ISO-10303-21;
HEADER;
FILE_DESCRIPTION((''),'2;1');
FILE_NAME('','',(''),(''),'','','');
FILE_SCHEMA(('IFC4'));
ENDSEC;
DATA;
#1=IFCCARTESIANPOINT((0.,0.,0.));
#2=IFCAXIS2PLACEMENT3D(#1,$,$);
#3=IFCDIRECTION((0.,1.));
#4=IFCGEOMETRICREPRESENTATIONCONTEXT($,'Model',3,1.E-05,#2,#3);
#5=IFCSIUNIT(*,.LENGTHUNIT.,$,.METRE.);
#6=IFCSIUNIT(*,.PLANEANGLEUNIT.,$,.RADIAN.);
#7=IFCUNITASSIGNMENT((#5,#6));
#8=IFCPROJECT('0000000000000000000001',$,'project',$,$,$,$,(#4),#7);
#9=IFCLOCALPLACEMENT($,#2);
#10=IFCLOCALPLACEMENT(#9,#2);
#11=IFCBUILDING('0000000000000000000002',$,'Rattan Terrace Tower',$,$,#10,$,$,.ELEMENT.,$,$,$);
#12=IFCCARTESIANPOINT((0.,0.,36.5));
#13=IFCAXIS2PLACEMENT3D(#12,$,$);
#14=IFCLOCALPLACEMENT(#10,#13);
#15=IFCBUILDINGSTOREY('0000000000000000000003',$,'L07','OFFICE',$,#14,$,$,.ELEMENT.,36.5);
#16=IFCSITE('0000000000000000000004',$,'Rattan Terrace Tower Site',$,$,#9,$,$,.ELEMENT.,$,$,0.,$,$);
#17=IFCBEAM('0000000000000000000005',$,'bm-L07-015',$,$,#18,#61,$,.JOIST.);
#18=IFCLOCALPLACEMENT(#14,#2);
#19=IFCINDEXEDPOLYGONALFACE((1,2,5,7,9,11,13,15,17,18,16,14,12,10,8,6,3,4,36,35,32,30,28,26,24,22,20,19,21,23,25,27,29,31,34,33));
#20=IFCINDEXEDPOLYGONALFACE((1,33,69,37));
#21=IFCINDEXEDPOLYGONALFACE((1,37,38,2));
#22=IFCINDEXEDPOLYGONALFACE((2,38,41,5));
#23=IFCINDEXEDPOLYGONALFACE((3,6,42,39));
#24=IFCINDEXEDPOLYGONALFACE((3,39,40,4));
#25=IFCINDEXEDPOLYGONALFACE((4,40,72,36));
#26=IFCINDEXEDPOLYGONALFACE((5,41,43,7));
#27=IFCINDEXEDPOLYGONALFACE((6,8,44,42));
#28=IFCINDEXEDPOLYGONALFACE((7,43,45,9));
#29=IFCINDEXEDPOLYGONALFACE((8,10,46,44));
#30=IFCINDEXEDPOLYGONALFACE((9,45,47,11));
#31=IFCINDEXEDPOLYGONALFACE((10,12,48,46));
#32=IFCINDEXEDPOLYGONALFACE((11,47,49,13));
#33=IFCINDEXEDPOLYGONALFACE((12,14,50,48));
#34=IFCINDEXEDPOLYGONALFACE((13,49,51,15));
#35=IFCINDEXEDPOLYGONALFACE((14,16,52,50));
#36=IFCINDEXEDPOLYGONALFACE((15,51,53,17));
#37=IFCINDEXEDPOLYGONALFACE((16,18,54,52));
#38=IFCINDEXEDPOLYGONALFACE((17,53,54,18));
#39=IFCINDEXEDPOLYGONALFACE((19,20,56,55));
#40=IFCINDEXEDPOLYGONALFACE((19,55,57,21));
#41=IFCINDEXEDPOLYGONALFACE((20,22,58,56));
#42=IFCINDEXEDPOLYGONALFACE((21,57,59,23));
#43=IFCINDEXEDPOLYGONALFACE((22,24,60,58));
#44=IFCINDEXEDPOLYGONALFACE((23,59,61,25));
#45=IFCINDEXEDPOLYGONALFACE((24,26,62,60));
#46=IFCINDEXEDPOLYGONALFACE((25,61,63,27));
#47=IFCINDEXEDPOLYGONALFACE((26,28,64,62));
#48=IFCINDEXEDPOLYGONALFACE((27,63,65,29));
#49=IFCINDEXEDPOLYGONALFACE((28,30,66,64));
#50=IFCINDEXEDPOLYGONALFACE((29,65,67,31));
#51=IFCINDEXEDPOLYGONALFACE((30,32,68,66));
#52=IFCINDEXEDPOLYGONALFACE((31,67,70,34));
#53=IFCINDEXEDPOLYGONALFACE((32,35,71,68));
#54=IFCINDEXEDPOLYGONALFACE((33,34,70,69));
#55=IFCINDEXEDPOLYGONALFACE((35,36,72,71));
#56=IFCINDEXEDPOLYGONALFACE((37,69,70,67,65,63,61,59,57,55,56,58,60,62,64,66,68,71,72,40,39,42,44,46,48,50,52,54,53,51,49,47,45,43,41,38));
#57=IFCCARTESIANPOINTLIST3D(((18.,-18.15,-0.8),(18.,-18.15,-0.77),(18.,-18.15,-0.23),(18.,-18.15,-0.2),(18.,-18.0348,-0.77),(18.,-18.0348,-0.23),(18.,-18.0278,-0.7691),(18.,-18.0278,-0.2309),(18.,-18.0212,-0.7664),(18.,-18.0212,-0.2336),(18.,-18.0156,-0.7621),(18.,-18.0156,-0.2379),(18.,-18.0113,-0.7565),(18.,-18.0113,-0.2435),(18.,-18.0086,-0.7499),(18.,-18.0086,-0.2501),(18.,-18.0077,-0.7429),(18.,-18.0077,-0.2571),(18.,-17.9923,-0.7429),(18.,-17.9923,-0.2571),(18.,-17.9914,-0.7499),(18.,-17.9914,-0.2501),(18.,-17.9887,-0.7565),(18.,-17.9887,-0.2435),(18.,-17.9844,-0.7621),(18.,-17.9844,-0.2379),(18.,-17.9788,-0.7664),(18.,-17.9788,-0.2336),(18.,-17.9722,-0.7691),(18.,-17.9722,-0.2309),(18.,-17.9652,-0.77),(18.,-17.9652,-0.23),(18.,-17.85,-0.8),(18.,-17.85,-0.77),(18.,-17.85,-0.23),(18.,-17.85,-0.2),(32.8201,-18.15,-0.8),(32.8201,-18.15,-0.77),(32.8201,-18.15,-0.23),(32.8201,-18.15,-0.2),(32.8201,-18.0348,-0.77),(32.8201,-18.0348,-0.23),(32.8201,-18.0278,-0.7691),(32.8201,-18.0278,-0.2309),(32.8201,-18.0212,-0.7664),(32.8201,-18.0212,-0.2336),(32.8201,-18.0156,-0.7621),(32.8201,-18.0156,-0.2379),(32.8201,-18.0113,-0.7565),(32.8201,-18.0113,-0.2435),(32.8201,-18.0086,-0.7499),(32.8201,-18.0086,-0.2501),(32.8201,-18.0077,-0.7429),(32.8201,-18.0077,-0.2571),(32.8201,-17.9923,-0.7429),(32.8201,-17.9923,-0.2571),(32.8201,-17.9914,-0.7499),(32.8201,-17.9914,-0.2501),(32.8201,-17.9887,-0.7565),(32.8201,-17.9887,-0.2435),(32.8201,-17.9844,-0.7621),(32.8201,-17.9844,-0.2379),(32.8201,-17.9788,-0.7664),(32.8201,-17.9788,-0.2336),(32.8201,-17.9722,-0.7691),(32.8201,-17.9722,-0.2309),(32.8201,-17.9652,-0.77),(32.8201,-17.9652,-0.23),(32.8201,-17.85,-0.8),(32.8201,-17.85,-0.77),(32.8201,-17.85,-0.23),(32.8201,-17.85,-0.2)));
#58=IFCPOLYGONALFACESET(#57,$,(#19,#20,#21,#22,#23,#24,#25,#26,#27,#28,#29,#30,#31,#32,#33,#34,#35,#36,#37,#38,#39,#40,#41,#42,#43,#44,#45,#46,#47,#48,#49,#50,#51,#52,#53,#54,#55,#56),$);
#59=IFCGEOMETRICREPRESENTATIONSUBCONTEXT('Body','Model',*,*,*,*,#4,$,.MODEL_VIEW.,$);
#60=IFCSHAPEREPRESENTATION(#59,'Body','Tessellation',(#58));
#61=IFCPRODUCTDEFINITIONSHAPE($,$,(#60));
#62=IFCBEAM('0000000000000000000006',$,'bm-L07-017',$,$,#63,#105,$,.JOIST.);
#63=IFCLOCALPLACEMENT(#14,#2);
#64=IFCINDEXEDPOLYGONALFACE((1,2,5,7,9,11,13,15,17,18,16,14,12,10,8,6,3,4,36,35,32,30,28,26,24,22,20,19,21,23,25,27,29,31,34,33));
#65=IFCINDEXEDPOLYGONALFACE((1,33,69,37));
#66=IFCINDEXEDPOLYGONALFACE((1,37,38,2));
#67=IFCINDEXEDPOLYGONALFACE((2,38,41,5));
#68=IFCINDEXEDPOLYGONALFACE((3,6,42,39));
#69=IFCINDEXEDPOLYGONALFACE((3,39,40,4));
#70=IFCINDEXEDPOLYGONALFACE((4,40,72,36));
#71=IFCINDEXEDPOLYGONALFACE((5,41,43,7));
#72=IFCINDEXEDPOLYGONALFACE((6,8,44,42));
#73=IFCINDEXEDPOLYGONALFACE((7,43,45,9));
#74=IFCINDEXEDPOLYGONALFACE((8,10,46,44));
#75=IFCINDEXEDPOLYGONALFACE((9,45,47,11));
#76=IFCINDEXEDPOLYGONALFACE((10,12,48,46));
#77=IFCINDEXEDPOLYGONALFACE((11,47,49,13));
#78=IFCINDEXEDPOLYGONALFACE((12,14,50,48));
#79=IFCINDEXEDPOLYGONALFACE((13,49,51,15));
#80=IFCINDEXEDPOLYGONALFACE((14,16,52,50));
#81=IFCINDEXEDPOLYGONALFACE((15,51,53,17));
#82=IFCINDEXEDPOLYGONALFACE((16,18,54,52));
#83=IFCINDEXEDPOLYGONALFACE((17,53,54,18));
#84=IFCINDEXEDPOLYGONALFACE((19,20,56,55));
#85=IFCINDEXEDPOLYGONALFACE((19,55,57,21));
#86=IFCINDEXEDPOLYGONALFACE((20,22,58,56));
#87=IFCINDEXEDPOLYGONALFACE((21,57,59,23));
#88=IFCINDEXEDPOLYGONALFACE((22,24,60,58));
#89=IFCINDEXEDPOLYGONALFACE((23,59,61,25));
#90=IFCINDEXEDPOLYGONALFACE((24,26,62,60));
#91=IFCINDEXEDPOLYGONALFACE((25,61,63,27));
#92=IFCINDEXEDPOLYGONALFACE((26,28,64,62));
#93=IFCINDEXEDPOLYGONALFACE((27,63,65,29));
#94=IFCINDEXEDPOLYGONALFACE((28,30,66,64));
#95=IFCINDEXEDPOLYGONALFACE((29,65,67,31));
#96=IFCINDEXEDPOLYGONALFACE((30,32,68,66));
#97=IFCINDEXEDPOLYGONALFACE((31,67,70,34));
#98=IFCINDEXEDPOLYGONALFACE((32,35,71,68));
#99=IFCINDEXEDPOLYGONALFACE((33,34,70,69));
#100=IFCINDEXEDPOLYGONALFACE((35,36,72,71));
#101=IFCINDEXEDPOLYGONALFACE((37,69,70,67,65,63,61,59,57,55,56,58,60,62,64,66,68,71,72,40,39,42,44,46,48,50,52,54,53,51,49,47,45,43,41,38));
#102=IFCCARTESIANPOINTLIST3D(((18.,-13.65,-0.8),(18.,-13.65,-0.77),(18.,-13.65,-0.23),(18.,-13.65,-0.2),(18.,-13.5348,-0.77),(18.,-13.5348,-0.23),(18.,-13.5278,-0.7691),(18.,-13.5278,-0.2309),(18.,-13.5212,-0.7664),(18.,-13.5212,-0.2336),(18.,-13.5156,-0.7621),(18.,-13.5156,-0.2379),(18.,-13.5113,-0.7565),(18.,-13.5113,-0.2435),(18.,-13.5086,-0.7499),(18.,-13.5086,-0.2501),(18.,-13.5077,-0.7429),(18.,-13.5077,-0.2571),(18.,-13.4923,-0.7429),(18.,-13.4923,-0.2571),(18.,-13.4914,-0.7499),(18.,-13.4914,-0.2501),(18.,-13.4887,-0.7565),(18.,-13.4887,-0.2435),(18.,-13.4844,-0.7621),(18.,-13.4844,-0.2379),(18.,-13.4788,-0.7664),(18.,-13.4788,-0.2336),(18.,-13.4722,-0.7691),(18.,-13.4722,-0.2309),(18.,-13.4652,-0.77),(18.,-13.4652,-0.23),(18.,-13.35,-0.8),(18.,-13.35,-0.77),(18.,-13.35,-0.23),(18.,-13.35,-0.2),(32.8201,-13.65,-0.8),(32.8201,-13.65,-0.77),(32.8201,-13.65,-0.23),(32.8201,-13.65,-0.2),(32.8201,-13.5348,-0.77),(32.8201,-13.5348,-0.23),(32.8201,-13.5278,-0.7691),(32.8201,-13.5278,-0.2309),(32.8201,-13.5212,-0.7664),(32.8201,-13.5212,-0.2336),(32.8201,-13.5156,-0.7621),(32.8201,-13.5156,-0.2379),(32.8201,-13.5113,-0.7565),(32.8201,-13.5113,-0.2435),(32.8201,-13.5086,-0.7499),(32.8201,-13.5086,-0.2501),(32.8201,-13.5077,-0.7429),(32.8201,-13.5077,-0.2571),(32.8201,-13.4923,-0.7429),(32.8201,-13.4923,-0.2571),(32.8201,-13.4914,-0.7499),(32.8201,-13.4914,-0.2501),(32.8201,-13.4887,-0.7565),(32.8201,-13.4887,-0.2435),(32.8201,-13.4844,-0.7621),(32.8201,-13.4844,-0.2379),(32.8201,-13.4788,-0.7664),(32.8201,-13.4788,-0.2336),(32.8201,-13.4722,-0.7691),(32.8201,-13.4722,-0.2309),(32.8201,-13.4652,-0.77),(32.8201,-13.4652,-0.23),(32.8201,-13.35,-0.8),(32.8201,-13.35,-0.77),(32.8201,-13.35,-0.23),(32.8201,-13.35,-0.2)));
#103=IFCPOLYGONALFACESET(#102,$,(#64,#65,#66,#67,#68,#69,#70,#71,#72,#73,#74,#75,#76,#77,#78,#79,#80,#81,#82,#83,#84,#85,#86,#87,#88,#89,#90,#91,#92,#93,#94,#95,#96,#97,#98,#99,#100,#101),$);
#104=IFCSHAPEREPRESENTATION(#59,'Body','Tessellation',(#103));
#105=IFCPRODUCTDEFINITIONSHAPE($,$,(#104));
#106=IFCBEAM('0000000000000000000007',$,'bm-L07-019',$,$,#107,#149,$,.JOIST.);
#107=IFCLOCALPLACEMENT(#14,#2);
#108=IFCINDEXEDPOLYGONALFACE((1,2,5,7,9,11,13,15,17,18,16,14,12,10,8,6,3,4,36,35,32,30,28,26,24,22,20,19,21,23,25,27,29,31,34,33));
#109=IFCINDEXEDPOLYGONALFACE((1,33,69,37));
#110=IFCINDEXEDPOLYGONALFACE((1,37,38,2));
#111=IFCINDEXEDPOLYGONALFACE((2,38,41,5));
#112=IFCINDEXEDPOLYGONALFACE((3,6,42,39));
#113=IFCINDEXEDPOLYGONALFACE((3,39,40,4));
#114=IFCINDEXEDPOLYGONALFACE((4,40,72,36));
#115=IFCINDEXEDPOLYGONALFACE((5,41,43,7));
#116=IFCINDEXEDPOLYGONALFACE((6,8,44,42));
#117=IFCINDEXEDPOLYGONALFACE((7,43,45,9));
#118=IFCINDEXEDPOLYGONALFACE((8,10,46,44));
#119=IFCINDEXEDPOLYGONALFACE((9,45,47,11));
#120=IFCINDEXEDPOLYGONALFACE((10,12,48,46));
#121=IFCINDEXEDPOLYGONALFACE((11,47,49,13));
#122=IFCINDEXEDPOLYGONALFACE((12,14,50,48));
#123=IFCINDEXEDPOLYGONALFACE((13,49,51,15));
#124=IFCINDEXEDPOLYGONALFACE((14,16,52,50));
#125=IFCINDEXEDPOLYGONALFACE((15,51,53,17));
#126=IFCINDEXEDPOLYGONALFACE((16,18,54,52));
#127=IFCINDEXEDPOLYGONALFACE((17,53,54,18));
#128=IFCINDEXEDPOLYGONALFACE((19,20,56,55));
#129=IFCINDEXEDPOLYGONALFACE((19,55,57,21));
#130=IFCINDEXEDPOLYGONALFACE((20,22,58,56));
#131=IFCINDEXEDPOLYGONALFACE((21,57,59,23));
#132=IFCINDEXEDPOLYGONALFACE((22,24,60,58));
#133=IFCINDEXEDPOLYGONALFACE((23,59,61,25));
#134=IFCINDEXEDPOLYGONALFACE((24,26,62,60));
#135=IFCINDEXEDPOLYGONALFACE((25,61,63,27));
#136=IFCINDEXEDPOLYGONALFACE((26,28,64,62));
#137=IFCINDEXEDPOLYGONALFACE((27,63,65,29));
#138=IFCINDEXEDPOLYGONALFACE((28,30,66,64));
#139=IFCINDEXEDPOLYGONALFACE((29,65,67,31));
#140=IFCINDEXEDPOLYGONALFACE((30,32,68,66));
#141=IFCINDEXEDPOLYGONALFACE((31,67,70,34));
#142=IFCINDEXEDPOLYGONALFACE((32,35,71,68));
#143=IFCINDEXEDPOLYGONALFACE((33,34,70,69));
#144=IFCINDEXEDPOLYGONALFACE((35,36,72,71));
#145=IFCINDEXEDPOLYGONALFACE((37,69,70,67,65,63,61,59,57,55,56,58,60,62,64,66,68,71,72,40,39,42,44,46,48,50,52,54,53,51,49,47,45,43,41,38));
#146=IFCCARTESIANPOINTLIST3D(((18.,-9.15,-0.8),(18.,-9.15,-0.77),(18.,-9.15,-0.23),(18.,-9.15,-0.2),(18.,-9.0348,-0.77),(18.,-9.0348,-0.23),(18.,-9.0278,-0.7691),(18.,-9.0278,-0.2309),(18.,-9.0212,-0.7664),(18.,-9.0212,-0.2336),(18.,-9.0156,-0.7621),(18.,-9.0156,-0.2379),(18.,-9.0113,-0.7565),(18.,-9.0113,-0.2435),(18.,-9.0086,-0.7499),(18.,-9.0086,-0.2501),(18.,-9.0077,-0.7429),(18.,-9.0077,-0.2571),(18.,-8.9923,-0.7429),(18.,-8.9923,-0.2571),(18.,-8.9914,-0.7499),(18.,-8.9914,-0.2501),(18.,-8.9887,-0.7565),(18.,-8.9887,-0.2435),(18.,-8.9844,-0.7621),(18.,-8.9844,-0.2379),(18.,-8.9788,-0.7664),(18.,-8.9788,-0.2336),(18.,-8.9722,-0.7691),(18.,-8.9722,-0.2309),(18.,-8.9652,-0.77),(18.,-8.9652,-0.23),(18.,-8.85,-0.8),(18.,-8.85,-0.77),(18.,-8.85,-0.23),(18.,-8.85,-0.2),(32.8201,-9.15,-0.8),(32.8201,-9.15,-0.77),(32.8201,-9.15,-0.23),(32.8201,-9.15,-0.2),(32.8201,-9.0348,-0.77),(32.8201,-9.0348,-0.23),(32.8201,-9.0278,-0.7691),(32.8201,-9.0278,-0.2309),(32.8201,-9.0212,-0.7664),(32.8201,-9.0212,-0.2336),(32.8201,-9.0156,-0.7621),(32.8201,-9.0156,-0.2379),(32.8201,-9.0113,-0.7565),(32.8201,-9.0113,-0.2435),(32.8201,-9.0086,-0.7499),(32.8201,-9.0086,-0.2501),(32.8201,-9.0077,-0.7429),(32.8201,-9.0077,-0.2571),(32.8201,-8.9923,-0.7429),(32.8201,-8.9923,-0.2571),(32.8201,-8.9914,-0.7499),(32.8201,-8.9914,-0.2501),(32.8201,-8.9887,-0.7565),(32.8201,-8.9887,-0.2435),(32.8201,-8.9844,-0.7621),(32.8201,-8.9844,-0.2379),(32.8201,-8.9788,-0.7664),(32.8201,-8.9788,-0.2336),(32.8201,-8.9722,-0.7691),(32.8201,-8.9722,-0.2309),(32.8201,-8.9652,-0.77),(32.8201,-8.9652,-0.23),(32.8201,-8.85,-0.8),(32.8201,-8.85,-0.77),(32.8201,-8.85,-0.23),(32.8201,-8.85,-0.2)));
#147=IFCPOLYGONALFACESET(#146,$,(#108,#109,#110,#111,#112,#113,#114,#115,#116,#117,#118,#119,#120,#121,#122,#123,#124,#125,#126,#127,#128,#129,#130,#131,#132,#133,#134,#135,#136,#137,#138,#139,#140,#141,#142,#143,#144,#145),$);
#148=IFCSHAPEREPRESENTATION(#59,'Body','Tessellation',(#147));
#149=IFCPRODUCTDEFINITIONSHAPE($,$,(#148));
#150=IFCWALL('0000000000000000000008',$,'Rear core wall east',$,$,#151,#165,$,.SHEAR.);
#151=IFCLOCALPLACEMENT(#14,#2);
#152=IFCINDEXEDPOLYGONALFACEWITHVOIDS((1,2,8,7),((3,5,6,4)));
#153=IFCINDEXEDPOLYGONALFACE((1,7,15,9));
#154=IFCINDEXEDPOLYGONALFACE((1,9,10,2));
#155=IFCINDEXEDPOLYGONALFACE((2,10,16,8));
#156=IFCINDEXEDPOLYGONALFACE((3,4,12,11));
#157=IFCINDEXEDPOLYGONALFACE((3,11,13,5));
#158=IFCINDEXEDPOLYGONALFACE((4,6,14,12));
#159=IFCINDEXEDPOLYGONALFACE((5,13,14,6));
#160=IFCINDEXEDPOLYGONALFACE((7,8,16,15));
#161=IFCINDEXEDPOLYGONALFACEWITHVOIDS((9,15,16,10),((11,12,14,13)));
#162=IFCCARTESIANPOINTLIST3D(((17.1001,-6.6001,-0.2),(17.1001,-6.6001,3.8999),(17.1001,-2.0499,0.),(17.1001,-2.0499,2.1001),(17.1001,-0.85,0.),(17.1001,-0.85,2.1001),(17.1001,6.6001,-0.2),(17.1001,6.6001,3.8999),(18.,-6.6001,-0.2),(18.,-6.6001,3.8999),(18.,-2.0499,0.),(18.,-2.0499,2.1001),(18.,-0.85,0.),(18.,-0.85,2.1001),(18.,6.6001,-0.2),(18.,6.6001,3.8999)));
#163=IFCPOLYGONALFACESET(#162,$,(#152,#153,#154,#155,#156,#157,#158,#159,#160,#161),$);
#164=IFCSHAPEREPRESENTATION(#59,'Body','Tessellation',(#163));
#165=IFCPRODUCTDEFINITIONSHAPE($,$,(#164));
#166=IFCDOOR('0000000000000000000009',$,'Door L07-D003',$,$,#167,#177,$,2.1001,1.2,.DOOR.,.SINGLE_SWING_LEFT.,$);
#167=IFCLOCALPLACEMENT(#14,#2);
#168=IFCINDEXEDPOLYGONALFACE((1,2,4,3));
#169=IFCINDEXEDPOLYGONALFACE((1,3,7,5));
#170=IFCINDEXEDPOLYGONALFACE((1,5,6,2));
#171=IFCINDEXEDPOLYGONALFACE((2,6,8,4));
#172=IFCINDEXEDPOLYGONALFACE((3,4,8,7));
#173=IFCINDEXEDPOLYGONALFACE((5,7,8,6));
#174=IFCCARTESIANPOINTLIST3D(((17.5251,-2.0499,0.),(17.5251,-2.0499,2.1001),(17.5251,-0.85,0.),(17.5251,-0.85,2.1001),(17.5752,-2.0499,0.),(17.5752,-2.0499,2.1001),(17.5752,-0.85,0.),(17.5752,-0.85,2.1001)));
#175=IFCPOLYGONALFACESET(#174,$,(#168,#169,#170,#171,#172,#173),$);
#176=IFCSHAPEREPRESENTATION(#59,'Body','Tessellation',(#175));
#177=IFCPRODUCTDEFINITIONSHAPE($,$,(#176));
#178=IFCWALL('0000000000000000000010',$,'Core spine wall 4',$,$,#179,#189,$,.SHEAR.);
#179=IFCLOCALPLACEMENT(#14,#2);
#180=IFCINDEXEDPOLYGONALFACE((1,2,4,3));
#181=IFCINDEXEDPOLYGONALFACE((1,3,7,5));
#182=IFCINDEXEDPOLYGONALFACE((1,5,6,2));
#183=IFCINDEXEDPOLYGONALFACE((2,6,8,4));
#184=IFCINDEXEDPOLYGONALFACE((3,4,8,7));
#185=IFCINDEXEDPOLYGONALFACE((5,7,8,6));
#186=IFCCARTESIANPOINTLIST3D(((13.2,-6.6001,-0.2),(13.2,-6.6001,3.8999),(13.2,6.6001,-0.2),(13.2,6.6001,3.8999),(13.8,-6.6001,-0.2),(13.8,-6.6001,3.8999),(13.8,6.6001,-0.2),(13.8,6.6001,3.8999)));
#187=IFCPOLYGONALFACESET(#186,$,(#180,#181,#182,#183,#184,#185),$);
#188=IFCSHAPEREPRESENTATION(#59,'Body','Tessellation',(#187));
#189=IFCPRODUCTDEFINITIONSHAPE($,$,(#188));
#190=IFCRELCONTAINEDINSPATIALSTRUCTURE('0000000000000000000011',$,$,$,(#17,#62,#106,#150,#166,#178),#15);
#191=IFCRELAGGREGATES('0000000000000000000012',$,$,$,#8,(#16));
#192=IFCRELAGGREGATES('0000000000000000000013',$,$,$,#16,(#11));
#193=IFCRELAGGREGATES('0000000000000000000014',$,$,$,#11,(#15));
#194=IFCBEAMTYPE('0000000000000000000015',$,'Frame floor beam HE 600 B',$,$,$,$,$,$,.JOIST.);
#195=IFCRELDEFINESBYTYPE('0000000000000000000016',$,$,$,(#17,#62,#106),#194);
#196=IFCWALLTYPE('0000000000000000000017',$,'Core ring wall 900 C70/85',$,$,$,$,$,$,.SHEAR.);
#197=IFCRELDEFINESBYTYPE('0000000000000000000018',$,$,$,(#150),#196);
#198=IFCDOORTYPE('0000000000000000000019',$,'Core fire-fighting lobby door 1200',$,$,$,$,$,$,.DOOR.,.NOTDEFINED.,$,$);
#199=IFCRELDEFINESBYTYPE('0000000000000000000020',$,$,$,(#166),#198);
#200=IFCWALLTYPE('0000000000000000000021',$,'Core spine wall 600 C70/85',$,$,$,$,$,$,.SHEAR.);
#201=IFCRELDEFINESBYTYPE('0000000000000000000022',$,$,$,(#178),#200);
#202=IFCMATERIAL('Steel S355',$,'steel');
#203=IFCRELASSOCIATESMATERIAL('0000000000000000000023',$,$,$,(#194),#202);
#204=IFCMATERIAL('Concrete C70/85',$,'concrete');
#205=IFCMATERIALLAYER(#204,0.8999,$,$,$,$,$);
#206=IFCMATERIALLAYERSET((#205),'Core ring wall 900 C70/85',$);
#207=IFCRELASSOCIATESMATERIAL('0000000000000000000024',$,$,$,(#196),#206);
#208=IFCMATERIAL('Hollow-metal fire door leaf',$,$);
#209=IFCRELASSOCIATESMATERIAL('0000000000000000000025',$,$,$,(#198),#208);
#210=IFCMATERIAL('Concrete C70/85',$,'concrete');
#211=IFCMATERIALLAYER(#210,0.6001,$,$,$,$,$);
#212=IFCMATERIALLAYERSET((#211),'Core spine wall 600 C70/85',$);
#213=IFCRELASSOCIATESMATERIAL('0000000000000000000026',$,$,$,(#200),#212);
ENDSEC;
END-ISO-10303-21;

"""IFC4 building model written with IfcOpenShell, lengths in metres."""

from ifc_helpers import new_model, si_unit, direction, frame, frame_2d, origin, origin_2d, place, context, subcontext, project, spatial, rectangle, i_section, extrude, material, layer, layer_set, material_profile, profile_set, type_object, element, fill, save


model = new_model("IFC4")

# Units and contexts
model_context = context("Model", 3, precision=1e-05, world=origin(), true_north=direction((0.0, 1.0)))
body_context = subcontext(model_context, "Body", "Model", "MODEL_VIEW")
ifc_project = project(units=[si_unit("LENGTHUNIT", "METRE"), si_unit("PLANEANGLEUNIT", "RADIAN")], contexts=[model_context])

# Site, building, storey
site_placement = place(None, origin())
site = spatial("IfcSite", under=ifc_project, at=site_placement, Name="Rattan Terrace Tower Site", CompositionType="ELEMENT", RefElevation=0.0)
building_placement = place(site_placement, origin())
building = spatial("IfcBuilding", under=site, at=building_placement, Name="Rattan Terrace Tower", CompositionType="ELEMENT")
storey_placement = place(building_placement, frame((0.0, 0.0, 36.5)))
storey = spatial("IfcBuildingStorey", under=building, at=storey_placement, Name="L07", Description="OFFICE", CompositionType="ELEMENT", Elevation=36.5)

# Beams
ifc_material_1 = material(Name="Steel S355", Category="steel")
ifc_material_profile = material_profile(ifc_material_1, i_section(OverallWidth=0.3, OverallDepth=0.6001, WebThickness=0.0154, FlangeThickness=0.03, FilletRadius=0.0271, at=origin_2d()), Name="HE 600 B")
ifc_profile_set = profile_set([ifc_material_profile], Name="Steel S355")
beam_type = type_object("IfcBeamType", Name="Frame floor beam HE 600 B", PredefinedType="JOIST", material=ifc_profile_set)
for number, where, z_axis, x_axis, name in (
    (1, (18.0, -18.0, -0.5), (1.0, 0.0, 0.0), (0.0, 1.0, 0.0), "bm-L07-015"),
    (2, (18.0, -13.5, -0.5), (1.0, 0.0, 0.0), (0.0, 1.0, 0.0), "bm-L07-017"),
    (3, (18.0, -9.0, -0.5), (1.0, 0.0, 0.0), (0.0, 1.0, 0.0), "bm-L07-019"),
):
    element("IfcBeam", number, at=place(storey_placement, frame(where, z_axis=z_axis, x_axis=x_axis)), inside=storey, type_object=beam_type, Name=name, PredefinedType="JOIST", context=body_context, shape_type="SweptSolid", body=[
        extrude(i_section(OverallWidth=0.3, OverallDepth=0.6001, WebThickness=0.0154, FlangeThickness=0.03, FilletRadius=0.0271, at=origin_2d()), origin(), (0.0, 0.0, 1.0), 14.8201),
    ])

# Wall, opening, door
ifc_material_2 = material(Name="Concrete C70/85", Category="concrete")
ifc_layer_1 = layer(ifc_material_2, 0.8999)
ifc_layer_set_1 = layer_set([ifc_layer_1], Name="Core ring wall 900 C70/85")
wall_type_1 = type_object("IfcWallType", Name="Core ring wall 900 C70/85", PredefinedType="SHEAR", material=ifc_layer_set_1)
wall_1_placement = place(storey_placement, frame((17.55, -6.6001, -0.2), z_axis=(0.0, 0.0, 1.0), x_axis=(0.0, 1.0, 0.0)))
wall_1 = element("IfcWall", 4, at=wall_1_placement, inside=storey, type_object=wall_type_1, Name="Rear core wall east", PredefinedType="SHEAR", context=body_context, shape_type="SweptSolid", body=[
    extrude(rectangle(XDim=13.2002, YDim=0.8999, at=frame_2d((6.6001, 0.0))), origin(), (0.0, 0.0, 1.0), 4.0999),
])
opening_1_placement = place(wall_1_placement, frame((4.55, 0.0, 0.2)))
opening_1 = element("IfcOpeningElement", 5, at=opening_1_placement, cuts=wall_1, PredefinedType="OPENING", context=body_context, shape_type="SweptSolid", body=[
    extrude(rectangle(XDim=1.2, YDim=2.1001, at=frame_2d((0.6001, 1.05))), frame((0.0, 0.4604, 0.0), z_axis=(0.0, -1.0, 0.0), x_axis=(1.0, 0.0, 0.0)), (0.0, 0.0, 1.0), 0.9209),
])
ifc_material_3 = material(Name="Hollow-metal fire door leaf")
door_type_1 = type_object("IfcDoorType", Name="Core fire-fighting lobby door 1200", OperationType="NOTDEFINED", PredefinedType="DOOR", material=ifc_material_3)
door_1_placement = place(opening_1_placement, origin())
door_1 = element("IfcDoor", 6, at=door_1_placement, inside=storey, type_object=door_type_1, Name="Door L07-D003", OperationType="SINGLE_SWING_LEFT", OverallHeight=2.1001, OverallWidth=1.2, PredefinedType="DOOR", context=body_context, shape_type="SweptSolid", body=[
    extrude(rectangle(XDim=1.2, YDim=2.1001, at=frame_2d((0.6001, 1.05))), frame((0.0, 0.0249, 0.0), z_axis=(0.0, -1.0, 0.0), x_axis=(1.0, 0.0, 0.0)), (0.0, 0.0, 1.0), 0.05),
])
fill(opening_1, door_1)

# Wall
ifc_material_4 = material(Name="Concrete C70/85", Category="concrete")
ifc_layer_2 = layer(ifc_material_4, 0.6001)
ifc_layer_set_2 = layer_set([ifc_layer_2], Name="Core spine wall 600 C70/85")
wall_type_2 = type_object("IfcWallType", Name="Core spine wall 600 C70/85", PredefinedType="SHEAR", material=ifc_layer_set_2)
wall_2_placement = place(storey_placement, frame((13.5, -6.6001, -0.2), z_axis=(0.0, 0.0, 1.0), x_axis=(0.0, 1.0, 0.0)))
element("IfcWall", 7, at=wall_2_placement, inside=storey, type_object=wall_type_2, Name="Core spine wall 4", PredefinedType="SHEAR", context=body_context, shape_type="SweptSolid", body=[
    extrude(rectangle(XDim=13.2002, YDim=0.6001, at=frame_2d((6.6001, 0.0))), origin(), (0.0, 0.0, 1.0), 4.0999),
])

save(model, "model.ifc")
